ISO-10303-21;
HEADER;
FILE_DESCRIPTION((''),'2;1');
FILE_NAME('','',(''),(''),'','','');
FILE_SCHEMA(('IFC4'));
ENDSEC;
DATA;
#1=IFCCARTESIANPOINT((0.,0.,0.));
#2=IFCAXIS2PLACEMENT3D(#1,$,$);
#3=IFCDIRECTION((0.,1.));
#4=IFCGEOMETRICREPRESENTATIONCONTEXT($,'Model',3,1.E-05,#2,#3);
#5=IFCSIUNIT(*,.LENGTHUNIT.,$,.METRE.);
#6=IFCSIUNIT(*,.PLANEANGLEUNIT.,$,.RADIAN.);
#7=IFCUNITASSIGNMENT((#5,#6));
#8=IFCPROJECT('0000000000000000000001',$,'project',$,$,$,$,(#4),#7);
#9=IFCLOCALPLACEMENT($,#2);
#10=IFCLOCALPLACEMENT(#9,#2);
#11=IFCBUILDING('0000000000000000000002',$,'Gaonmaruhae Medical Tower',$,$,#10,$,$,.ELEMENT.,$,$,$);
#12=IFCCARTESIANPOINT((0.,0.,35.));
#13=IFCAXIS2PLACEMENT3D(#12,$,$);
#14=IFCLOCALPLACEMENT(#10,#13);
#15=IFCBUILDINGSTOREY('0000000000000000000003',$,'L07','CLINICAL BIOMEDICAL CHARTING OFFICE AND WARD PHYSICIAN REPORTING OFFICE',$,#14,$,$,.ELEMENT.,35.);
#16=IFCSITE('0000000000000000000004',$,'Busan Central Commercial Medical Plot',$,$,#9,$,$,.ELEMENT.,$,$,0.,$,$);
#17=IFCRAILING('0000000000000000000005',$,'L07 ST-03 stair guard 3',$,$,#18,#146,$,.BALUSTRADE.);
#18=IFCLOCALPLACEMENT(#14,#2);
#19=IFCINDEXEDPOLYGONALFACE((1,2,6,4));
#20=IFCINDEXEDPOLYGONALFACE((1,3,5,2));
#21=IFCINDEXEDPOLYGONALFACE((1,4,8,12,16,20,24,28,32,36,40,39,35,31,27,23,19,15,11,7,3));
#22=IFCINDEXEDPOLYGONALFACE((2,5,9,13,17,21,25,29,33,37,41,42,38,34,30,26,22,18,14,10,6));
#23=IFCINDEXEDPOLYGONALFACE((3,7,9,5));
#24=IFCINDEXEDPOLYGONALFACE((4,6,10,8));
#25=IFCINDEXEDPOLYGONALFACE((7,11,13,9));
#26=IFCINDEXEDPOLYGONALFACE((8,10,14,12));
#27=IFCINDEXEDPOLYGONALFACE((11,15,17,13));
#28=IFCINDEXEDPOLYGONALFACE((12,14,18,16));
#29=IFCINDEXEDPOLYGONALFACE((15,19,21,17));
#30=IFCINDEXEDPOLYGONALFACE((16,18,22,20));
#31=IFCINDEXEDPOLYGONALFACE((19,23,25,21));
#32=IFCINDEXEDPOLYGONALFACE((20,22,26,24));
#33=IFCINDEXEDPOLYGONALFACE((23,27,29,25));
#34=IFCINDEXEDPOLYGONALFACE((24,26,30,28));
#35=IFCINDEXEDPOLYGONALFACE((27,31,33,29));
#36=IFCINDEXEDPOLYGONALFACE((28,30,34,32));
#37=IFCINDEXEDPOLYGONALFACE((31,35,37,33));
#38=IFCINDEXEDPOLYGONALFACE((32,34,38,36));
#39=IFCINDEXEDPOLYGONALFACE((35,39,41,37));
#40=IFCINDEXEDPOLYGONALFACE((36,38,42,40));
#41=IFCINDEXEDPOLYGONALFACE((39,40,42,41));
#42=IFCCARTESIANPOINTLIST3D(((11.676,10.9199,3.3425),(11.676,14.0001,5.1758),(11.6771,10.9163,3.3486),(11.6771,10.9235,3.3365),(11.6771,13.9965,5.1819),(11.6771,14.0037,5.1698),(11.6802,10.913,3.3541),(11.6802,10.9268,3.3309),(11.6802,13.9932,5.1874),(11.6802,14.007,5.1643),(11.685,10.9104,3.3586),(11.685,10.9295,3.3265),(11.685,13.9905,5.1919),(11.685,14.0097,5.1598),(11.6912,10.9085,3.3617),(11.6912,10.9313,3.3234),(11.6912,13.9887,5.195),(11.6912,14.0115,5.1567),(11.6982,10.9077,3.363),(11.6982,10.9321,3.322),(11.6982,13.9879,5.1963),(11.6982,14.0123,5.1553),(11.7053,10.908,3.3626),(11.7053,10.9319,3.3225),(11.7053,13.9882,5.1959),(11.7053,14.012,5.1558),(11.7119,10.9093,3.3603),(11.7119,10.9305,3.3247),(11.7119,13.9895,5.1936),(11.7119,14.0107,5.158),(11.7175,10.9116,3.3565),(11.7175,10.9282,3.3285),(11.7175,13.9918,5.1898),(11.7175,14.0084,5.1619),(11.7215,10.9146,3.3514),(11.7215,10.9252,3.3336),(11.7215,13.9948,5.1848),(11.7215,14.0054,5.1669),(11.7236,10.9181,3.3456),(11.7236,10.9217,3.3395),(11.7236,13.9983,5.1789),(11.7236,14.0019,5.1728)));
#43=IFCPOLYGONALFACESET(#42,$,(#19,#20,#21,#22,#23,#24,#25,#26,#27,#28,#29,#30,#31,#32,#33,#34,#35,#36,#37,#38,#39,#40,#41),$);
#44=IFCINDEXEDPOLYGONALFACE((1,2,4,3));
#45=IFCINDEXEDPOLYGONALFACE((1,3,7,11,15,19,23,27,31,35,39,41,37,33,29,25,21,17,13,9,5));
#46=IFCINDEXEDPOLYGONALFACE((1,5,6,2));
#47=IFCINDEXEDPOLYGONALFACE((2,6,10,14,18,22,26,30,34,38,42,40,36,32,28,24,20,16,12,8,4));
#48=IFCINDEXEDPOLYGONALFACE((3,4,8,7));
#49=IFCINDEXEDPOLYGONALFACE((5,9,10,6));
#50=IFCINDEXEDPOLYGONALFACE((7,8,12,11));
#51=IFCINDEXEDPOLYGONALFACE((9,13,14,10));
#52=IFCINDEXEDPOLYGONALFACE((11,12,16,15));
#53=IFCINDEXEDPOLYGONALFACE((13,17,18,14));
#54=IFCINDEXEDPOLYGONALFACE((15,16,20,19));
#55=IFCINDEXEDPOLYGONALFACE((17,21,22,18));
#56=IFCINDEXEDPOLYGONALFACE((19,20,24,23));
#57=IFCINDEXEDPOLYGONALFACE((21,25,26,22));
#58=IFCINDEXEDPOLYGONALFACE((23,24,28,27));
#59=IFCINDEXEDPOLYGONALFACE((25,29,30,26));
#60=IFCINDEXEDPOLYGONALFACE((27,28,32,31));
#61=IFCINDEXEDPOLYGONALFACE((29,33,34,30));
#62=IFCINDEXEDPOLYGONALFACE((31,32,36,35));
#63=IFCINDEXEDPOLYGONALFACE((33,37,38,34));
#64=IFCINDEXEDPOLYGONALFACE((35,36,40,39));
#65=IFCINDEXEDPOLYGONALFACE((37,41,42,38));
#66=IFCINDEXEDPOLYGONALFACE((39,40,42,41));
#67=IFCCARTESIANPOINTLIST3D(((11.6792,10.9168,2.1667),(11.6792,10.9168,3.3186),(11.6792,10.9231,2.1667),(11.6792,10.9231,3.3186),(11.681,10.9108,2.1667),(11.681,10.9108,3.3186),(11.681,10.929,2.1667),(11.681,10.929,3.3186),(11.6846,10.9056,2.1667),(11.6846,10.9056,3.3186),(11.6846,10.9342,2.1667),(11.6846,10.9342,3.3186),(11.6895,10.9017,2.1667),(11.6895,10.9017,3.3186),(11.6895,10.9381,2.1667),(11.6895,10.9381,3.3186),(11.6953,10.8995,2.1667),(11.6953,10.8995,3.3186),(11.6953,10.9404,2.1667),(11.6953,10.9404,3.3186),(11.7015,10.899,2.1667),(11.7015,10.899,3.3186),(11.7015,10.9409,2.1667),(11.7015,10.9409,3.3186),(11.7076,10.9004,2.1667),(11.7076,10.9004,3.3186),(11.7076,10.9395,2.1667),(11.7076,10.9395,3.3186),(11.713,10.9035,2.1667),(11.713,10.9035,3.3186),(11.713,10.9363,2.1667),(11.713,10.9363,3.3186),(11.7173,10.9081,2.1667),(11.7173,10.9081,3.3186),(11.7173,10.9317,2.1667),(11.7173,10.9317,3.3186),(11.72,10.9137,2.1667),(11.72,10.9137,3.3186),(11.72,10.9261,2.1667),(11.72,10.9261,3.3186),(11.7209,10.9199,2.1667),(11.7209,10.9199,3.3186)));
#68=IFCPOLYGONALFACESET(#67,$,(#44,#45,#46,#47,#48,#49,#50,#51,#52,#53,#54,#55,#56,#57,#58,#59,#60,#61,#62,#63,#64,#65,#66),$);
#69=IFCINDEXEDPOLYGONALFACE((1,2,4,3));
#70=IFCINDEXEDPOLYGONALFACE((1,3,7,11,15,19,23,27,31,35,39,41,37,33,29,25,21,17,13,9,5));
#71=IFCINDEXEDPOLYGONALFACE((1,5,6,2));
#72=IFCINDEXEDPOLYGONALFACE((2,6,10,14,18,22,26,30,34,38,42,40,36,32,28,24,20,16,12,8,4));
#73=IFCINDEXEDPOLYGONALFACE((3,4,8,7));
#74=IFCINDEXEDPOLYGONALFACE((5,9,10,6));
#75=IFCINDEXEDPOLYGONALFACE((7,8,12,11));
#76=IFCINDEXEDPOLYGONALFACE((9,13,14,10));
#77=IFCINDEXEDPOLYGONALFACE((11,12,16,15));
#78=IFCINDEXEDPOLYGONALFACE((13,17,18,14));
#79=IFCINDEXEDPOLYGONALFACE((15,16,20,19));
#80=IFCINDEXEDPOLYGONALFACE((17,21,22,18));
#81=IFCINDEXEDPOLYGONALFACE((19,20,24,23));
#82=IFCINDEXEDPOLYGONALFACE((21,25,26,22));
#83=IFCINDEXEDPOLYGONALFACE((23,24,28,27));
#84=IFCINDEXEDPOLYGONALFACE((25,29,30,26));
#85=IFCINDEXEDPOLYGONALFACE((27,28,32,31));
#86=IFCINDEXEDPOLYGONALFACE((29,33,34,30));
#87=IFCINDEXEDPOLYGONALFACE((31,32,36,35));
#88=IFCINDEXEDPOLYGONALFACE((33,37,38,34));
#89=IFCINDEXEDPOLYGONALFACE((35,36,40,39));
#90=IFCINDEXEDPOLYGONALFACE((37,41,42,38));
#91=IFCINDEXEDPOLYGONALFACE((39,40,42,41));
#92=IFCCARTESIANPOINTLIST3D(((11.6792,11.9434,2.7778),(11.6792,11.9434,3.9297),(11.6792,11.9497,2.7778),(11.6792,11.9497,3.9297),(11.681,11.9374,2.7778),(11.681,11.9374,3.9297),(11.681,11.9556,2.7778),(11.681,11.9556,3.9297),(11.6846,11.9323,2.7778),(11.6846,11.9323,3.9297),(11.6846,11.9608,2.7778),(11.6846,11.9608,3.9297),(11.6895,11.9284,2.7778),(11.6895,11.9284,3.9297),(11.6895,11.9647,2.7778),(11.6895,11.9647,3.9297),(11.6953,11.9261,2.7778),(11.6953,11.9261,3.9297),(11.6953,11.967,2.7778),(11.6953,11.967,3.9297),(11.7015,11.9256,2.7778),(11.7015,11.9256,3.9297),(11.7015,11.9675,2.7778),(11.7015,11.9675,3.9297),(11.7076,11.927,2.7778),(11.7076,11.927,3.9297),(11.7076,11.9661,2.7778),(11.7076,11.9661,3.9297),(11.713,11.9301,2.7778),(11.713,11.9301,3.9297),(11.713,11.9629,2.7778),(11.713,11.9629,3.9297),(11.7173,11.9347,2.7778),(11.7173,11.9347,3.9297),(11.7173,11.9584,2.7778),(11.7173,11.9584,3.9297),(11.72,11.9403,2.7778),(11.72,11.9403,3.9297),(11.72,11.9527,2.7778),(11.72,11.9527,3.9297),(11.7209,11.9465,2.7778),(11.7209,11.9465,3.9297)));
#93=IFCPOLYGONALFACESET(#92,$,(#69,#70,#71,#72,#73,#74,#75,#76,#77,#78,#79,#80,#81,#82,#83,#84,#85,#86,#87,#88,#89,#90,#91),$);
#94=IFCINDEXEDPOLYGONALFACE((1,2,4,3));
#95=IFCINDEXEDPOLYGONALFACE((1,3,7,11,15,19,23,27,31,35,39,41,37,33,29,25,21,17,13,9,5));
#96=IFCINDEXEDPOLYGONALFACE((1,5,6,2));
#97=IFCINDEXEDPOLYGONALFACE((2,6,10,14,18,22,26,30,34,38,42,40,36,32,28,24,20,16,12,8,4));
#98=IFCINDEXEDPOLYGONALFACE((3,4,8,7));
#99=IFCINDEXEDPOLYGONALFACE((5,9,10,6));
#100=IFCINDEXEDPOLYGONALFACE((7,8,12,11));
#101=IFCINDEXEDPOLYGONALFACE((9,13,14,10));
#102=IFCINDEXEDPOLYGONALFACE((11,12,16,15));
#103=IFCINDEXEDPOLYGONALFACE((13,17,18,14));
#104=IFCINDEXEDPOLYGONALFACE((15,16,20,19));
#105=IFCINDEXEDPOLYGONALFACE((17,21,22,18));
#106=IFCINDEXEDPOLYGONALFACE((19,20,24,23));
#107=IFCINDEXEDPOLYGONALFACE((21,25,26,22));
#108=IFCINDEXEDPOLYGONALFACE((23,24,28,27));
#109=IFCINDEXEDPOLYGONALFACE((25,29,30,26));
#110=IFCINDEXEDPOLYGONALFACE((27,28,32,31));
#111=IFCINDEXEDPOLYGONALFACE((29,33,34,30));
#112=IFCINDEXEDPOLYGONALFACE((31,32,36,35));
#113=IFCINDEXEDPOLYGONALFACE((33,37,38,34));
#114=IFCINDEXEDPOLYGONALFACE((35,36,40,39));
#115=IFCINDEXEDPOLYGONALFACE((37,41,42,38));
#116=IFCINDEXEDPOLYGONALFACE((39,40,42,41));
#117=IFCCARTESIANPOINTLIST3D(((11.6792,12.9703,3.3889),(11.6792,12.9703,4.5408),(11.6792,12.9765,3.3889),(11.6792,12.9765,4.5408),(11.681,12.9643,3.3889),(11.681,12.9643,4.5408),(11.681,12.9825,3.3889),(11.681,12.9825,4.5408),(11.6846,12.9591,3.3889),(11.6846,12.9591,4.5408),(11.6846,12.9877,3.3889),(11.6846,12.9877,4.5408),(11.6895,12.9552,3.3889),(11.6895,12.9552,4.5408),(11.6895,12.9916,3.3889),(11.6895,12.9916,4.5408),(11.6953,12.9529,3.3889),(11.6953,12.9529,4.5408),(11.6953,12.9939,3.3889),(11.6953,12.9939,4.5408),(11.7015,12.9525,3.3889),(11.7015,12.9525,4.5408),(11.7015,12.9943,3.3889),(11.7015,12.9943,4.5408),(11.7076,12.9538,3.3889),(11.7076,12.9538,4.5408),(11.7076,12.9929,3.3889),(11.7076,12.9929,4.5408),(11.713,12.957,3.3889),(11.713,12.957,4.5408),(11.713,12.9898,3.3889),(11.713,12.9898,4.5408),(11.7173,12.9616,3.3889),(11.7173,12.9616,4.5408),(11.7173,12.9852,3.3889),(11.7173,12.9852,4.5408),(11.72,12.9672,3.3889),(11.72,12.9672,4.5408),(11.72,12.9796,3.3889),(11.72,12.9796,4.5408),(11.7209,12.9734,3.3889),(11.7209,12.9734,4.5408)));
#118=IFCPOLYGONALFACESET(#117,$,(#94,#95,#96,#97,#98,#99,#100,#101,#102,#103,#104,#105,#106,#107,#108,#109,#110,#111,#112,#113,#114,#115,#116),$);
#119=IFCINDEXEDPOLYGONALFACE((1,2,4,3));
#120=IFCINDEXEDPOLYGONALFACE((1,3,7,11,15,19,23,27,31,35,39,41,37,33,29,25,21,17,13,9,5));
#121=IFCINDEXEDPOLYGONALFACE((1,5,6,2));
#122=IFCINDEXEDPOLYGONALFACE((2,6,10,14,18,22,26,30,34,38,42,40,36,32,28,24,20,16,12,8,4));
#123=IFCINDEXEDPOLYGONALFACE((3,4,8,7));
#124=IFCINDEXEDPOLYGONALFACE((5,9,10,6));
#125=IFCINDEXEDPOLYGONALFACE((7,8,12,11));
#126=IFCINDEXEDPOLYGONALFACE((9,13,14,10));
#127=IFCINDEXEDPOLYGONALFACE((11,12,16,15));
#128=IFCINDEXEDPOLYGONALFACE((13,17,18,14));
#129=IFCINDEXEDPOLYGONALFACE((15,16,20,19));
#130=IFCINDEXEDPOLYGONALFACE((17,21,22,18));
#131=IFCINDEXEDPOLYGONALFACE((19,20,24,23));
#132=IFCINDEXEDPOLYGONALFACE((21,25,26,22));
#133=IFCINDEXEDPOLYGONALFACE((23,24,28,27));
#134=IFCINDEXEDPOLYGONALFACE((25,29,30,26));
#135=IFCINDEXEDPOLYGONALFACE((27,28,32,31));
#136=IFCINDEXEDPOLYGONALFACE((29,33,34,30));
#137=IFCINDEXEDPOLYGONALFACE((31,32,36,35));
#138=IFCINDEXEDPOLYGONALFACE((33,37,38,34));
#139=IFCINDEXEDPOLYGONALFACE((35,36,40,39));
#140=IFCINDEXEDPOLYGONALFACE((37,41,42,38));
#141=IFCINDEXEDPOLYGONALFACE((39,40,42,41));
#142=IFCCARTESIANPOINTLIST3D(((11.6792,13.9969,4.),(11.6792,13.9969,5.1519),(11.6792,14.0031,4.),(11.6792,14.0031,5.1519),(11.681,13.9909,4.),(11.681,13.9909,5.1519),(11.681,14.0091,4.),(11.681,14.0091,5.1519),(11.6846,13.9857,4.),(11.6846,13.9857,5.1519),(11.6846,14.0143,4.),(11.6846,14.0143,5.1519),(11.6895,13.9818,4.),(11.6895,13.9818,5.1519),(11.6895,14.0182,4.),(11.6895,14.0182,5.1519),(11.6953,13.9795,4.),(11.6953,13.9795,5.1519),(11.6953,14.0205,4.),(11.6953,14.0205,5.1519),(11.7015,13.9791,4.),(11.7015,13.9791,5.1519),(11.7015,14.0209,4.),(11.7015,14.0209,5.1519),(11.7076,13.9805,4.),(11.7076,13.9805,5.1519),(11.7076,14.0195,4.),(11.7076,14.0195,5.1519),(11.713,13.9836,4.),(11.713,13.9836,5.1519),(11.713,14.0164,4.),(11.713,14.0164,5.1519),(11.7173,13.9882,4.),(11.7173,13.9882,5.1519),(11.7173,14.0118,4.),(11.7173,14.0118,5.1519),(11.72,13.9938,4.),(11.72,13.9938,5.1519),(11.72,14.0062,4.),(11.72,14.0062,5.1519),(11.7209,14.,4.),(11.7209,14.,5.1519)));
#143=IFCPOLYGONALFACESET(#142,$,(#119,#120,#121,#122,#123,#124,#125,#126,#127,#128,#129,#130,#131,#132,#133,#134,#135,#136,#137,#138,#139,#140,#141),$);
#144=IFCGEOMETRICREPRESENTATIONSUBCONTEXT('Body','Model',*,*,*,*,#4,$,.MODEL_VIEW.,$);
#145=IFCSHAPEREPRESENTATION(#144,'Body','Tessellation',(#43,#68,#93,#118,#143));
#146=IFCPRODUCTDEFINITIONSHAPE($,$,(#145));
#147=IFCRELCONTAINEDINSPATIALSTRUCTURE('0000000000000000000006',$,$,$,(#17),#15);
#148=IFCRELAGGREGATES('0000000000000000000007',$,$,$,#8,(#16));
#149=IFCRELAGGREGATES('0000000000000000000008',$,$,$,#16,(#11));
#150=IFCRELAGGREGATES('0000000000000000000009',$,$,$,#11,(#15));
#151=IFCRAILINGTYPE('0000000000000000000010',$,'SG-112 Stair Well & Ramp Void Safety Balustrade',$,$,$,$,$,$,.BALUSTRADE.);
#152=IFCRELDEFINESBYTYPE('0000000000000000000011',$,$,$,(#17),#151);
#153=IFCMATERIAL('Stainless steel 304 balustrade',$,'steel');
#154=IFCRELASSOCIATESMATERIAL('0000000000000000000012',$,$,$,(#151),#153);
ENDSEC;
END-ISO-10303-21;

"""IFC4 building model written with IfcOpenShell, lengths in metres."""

from ifc_helpers import new_model, si_unit, direction, frame, origin, origin_2d, place, context, subcontext, project, spatial, circle, extrude, material, type_object, element, save


model = new_model("IFC4")

# Units and contexts
model_context = context("Model", 3, precision=1e-05, world=origin(), true_north=direction((0.0, 1.0)))
body_context = subcontext(model_context, "Body", "Model", "MODEL_VIEW")
ifc_project = project(units=[si_unit("LENGTHUNIT", "METRE"), si_unit("PLANEANGLEUNIT", "RADIAN")], contexts=[model_context])

# Site, building, storey
site_placement = place(None, origin())
site = spatial("IfcSite", under=ifc_project, at=site_placement, Name="Busan Central Commercial Medical Plot", CompositionType="ELEMENT", RefElevation=0.0)
building_placement = place(site_placement, origin())
building = spatial("IfcBuilding", under=site, at=building_placement, Name="Gaonmaruhae Medical Tower", CompositionType="ELEMENT")
storey_placement = place(building_placement, frame((0.0, 0.0, 35.0)))
storey = spatial("IfcBuildingStorey", under=building, at=storey_placement, Name="L07", Description="CLINICAL BIOMEDICAL CHARTING OFFICE AND WARD PHYSICIAN REPORTING OFFICE", CompositionType="ELEMENT", Elevation=35.0)

# Railing
ifc_material_1 = material(Name="Stainless steel 304 balustrade", Category="steel")
railing_type_1 = type_object("IfcRailingType", Name="SG-112 Stair Well & Ramp Void Safety Balustrade", PredefinedType="BALUSTRADE", material=ifc_material_1)
railing_1_placement = place(storey_placement, frame((11.7, 10.9199, 2.1667)))
element("IfcRailing", 1, at=railing_1_placement, inside=storey, type_object=railing_type_1, Name="L07 ST-03 stair guard 3", PredefinedType="BALUSTRADE", context=body_context, shape_type="SweptSolid", body=[
    extrude(circle(Radius=0.0239, at=origin_2d()), frame((0.0, 0.0, 1.1758), z_axis=(0.0, 0.859309, 0.511458), x_axis=(-1.0, 0.0, 0.0)), (0.0, 0.0, 1.0), 3.5845),
    extrude(circle(Radius=0.021, at=origin_2d()), origin(), (0.0, 0.0, 1.0), 1.1519),
    extrude(circle(Radius=0.021, at=origin_2d()), frame((0.0, 1.0266, 0.6111)), (0.0, 0.0, 1.0), 1.1519),
    extrude(circle(Radius=0.021, at=origin_2d()), frame((0.0, 2.0535, 1.2222)), (0.0, 0.0, 1.0), 1.1519),
    extrude(circle(Radius=0.021, at=origin_2d()), frame((0.0, 3.0801, 1.8333)), (0.0, 0.0, 1.0), 1.1519),
])

save(model, "model.ifc")
